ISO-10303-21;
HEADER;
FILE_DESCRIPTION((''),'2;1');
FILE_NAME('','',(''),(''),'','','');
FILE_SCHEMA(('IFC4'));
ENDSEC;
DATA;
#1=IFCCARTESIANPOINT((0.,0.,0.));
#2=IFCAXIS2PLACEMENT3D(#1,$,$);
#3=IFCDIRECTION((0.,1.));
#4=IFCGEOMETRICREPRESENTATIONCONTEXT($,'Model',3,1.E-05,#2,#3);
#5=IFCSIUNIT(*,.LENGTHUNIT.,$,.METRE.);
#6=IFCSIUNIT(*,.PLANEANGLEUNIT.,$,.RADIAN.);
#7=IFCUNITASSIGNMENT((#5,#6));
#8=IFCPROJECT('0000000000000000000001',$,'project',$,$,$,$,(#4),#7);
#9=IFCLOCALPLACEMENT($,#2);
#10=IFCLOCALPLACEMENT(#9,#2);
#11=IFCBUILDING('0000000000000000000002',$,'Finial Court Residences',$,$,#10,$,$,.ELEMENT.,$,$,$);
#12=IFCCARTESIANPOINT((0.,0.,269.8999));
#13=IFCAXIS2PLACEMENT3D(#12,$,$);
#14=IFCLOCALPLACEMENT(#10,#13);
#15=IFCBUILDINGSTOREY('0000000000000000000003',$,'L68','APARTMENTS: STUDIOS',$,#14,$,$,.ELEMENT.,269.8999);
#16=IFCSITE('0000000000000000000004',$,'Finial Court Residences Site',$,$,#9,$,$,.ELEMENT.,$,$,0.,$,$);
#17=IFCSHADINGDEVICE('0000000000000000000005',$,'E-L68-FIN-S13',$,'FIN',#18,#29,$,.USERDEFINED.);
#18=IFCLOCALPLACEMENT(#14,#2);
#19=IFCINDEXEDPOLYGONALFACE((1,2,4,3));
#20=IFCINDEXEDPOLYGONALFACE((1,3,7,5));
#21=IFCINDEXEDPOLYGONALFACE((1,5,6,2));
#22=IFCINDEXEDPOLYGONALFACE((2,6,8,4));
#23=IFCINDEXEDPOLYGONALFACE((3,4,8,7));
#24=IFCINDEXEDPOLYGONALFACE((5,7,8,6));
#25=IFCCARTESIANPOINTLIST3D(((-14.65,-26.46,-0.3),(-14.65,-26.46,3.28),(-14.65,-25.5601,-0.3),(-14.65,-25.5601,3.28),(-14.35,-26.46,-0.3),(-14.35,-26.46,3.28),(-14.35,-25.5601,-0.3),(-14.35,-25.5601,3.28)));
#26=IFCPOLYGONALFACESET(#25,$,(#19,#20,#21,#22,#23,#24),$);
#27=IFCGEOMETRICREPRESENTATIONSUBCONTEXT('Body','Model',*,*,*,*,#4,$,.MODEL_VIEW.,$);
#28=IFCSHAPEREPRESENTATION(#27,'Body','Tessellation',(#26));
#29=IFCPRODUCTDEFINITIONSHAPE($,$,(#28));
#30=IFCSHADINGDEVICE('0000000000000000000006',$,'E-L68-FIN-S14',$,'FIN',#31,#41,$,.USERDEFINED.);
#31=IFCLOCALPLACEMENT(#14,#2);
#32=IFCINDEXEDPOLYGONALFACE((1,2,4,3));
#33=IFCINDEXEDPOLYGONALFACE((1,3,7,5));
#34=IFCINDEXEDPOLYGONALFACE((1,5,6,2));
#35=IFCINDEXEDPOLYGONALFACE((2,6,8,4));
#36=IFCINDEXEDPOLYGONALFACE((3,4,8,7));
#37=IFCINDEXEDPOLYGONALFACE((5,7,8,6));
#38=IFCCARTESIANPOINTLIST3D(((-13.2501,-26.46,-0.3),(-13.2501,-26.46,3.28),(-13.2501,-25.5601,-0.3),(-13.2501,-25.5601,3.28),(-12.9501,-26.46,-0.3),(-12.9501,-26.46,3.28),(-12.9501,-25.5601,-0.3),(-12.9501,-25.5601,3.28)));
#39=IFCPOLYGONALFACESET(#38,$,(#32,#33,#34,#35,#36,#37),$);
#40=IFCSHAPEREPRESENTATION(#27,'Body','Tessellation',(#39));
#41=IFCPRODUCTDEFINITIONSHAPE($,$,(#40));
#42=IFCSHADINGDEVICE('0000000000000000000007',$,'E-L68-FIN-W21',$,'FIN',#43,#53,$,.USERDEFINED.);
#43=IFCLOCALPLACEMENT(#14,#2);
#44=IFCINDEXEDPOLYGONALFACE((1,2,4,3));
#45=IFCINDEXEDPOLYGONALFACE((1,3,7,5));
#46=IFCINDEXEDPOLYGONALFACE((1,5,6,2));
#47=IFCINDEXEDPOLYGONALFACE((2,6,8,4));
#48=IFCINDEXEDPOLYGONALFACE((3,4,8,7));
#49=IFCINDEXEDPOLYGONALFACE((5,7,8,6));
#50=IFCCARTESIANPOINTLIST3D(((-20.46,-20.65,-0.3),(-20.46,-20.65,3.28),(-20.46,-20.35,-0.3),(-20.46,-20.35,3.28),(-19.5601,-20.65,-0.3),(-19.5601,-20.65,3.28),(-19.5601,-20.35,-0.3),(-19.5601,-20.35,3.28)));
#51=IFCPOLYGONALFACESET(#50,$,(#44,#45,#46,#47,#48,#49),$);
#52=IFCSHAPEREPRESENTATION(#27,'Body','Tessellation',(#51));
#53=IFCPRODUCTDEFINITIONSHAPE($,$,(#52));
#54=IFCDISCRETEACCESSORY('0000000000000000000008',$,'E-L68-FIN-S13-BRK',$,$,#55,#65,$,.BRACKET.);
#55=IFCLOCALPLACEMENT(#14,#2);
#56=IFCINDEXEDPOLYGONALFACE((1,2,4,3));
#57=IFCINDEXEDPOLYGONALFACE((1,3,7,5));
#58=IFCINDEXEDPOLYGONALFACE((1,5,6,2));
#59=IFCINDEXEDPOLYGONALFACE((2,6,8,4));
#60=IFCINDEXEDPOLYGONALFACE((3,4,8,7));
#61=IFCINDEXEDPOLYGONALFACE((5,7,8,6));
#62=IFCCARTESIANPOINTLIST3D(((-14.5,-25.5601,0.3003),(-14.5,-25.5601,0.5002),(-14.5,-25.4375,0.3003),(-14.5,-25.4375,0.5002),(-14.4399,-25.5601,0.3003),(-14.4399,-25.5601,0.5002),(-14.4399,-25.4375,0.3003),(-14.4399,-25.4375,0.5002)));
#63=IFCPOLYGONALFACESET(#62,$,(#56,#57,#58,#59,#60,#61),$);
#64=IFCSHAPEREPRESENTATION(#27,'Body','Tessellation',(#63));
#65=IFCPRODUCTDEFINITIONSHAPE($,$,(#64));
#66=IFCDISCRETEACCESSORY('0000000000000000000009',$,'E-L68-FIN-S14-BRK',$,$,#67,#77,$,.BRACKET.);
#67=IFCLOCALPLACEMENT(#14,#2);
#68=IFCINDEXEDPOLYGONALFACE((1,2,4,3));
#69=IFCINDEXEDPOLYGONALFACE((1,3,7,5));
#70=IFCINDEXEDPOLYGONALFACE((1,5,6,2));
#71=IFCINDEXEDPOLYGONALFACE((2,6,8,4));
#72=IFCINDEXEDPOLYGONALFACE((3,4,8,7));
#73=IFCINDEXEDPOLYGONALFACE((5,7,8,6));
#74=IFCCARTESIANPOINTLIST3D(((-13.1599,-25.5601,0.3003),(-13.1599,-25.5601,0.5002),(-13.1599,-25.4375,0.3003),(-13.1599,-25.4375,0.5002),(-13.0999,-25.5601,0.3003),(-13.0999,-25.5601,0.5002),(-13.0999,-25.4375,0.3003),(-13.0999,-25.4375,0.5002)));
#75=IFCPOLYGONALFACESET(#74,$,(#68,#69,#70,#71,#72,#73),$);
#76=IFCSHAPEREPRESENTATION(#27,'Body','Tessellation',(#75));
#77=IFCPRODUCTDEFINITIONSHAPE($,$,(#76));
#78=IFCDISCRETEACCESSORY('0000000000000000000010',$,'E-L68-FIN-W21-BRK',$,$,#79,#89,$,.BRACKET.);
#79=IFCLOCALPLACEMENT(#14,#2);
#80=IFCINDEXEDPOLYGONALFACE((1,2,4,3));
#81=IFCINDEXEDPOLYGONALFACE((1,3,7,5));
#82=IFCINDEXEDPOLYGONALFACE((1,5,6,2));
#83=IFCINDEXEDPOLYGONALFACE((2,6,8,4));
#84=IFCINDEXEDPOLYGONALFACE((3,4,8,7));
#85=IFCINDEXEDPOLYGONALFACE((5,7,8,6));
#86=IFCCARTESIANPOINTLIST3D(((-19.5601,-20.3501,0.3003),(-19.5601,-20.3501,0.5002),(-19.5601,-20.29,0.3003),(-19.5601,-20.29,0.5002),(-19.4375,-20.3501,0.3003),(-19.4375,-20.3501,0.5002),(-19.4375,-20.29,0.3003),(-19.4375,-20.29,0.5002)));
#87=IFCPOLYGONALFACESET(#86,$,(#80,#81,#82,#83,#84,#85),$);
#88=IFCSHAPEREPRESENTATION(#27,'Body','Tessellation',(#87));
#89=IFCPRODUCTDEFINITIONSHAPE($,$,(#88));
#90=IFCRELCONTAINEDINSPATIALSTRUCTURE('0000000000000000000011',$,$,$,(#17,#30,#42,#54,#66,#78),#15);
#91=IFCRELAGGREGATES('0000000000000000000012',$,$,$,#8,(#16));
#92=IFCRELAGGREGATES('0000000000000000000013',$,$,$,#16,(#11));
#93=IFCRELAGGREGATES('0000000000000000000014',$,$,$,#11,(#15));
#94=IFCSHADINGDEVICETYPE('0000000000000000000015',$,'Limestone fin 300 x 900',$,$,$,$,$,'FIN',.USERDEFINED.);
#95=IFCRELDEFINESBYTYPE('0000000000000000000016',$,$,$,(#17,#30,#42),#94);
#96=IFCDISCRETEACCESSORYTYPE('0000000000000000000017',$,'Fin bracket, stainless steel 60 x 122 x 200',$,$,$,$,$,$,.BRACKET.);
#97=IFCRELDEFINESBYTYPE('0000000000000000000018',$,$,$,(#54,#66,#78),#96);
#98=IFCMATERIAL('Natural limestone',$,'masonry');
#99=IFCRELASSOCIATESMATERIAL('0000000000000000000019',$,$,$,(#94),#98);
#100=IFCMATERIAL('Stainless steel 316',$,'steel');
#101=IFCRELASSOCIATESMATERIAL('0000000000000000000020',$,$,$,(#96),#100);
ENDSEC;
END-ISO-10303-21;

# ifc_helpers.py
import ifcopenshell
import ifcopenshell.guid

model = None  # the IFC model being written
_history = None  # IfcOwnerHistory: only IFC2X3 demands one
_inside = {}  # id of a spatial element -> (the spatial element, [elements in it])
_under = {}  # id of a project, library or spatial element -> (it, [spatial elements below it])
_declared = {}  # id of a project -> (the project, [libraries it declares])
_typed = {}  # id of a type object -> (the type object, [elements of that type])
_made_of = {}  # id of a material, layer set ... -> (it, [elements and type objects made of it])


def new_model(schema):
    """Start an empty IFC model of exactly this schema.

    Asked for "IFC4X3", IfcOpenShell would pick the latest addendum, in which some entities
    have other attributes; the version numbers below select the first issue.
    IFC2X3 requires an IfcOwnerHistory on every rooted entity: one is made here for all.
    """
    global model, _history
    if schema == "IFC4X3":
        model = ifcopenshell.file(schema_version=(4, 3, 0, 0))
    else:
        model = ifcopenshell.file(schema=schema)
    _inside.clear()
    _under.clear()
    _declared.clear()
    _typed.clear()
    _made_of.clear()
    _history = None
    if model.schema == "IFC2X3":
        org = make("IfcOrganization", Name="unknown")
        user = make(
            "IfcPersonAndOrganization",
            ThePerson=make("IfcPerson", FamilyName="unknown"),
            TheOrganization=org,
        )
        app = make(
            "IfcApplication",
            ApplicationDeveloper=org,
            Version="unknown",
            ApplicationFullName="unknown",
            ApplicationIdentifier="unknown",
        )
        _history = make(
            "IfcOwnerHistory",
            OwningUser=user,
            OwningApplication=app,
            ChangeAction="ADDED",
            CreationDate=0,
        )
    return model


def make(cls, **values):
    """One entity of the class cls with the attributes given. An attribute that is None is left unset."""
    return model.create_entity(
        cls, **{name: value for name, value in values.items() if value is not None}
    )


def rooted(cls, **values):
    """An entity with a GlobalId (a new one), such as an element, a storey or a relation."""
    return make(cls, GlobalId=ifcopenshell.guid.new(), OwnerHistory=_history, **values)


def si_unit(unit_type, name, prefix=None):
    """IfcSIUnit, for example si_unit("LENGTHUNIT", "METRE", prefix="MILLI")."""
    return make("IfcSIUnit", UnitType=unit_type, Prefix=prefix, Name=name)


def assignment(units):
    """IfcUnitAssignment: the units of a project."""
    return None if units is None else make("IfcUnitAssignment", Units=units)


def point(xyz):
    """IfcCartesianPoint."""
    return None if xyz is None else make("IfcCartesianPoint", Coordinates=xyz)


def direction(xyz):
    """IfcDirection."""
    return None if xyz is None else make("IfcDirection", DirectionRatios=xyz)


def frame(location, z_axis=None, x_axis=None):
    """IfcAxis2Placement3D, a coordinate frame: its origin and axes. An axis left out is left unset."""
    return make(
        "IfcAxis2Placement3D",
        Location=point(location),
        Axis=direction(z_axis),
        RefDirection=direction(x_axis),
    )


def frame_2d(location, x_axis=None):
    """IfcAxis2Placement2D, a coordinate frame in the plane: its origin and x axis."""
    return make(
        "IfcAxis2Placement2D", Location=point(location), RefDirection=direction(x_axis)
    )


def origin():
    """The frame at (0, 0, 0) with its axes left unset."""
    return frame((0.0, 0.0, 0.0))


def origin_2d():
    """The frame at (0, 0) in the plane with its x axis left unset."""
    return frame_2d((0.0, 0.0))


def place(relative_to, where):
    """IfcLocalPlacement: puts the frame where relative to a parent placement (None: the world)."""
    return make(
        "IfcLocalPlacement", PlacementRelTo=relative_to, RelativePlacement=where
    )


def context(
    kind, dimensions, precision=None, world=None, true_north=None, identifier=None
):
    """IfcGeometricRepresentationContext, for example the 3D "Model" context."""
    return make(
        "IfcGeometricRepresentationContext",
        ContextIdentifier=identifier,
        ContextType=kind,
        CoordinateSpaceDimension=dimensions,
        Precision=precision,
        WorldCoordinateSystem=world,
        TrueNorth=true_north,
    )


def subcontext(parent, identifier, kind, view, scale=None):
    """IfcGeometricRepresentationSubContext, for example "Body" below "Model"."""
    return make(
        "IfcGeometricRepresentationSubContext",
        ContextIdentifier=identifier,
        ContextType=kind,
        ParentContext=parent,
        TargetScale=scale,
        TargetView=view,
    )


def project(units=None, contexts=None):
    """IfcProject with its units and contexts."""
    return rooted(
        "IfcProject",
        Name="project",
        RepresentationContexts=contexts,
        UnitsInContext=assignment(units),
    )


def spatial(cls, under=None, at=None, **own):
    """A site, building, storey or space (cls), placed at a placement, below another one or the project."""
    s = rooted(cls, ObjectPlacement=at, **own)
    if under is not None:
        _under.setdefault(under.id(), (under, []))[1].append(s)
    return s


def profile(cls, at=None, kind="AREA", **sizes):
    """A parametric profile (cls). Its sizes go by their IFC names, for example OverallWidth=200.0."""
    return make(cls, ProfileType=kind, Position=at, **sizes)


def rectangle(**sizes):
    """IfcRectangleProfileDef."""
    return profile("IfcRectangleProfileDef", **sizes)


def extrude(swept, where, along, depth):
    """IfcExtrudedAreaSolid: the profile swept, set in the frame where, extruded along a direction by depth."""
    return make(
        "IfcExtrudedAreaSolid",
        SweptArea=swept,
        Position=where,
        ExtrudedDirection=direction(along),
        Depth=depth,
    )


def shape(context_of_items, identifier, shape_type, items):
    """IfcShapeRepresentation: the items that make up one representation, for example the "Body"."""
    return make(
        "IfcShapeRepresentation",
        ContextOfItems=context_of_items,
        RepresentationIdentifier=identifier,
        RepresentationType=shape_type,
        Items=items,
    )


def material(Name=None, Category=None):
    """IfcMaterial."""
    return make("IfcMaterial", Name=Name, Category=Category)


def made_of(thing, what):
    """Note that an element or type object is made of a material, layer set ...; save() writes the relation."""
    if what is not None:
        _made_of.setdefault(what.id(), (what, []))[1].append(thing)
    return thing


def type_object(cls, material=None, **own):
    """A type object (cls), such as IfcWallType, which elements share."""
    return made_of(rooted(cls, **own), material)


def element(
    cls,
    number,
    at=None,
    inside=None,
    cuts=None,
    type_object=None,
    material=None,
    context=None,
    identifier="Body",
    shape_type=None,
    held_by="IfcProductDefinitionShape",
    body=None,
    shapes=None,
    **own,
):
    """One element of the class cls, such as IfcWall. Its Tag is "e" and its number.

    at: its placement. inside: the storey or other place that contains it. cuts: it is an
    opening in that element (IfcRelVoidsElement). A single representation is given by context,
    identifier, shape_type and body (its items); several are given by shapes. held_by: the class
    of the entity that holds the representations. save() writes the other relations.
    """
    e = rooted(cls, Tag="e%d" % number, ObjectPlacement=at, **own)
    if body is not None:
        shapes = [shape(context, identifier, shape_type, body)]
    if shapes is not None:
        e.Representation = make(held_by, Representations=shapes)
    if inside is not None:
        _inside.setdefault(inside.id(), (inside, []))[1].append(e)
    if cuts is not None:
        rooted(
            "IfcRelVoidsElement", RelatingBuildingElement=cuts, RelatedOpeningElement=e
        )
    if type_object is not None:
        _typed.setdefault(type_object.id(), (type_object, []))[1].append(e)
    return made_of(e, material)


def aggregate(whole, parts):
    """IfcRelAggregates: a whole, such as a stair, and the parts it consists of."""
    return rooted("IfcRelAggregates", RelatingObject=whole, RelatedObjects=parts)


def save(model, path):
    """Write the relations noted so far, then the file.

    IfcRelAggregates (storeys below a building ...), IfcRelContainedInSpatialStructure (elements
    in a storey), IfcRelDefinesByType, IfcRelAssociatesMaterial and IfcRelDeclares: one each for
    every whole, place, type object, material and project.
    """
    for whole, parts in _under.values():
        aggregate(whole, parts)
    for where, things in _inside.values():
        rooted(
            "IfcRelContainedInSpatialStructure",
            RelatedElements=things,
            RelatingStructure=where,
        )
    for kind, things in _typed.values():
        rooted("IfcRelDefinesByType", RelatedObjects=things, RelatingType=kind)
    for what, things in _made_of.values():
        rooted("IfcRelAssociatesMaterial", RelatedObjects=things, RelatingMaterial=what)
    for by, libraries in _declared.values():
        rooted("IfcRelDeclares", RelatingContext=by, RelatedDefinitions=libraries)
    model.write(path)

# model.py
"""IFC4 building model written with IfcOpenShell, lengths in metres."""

from ifc_helpers import new_model, si_unit, direction, frame, origin, origin_2d, place, context, subcontext, project, spatial, rectangle, extrude, material, type_object, element, save


model = new_model("IFC4")

# Units and contexts
model_context = context("Model", 3, precision=1e-05, world=origin(), true_north=direction((0.0, 1.0)))
body_context = subcontext(model_context, "Body", "Model", "MODEL_VIEW")
ifc_project = project(units=[si_unit("LENGTHUNIT", "METRE"), si_unit("PLANEANGLEUNIT", "RADIAN")], contexts=[model_context])

# Site, building, storey
site_placement = place(None, origin())
site = spatial("IfcSite", under=ifc_project, at=site_placement, Name="Finial Court Residences Site", CompositionType="ELEMENT", RefElevation=0.0)
building_placement = place(site_placement, origin())
building = spatial("IfcBuilding", under=site, at=building_placement, Name="Finial Court Residences", CompositionType="ELEMENT")
storey_placement = place(building_placement, frame((0.0, 0.0, 269.8999)))
storey = spatial("IfcBuildingStorey", under=building, at=storey_placement, Name="L68", Description="APARTMENTS: STUDIOS", CompositionType="ELEMENT", Elevation=269.8999)

# Shared definitions
ifc_material_1 = material(Name="Natural limestone", Category="masonry")

# Shading devices
shading_device_type = type_object("IfcShadingDeviceType", Name="Limestone fin 300 x 900", ElementType="FIN", PredefinedType="USERDEFINED", material=ifc_material_1)
for number, where, z_axis, x_axis, name in (
    (1, (-14.5, -26.01, -0.3), (0.0, 0.0, 1.0), (1.0, 0.0, 0.0), "E-L68-FIN-S13"),
    (2, (-13.1001, -26.01, -0.3), (0.0, 0.0, 1.0), (1.0, 0.0, 0.0), "E-L68-FIN-S14"),
):
    element("IfcShadingDevice", number, at=place(storey_placement, frame(where, z_axis=z_axis, x_axis=x_axis)), inside=storey, type_object=shading_device_type, Name=name, ObjectType="FIN", PredefinedType="USERDEFINED", context=body_context, shape_type="SweptSolid", body=[
        extrude(rectangle(XDim=0.3, YDim=0.8999, at=origin_2d()), origin(), (0.0, 0.0, 1.0), 3.5801),
    ])
shading_device_placement = place(storey_placement, frame((-20.01, -20.5, -0.3), z_axis=(0.0, 0.0, 1.0), x_axis=(1.0, 0.0, 0.0)))
element("IfcShadingDevice", 3, at=shading_device_placement, inside=storey, type_object=shading_device_type, Name="E-L68-FIN-W21", ObjectType="FIN", PredefinedType="USERDEFINED", context=body_context, shape_type="SweptSolid", body=[
    extrude(rectangle(XDim=0.8999, YDim=0.3, at=origin_2d()), origin(), (0.0, 0.0, 1.0), 3.5801),
])

# Discrete accessories
ifc_material_2 = material(Name="Stainless steel 316", Category="steel")
discrete_accessory_type = type_object("IfcDiscreteAccessoryType", Name="Fin bracket, stainless steel 60 x 122 x 200", PredefinedType="BRACKET", material=ifc_material_2)
for number, where, z_axis, x_axis, name in (
    (4, (-14.47, -25.4988, 0.3003), (0.0, 0.0, 1.0), (1.0, 0.0, 0.0), "E-L68-FIN-S13-BRK"),
    (5, (-13.1299, -25.4988, 0.3003), (0.0, 0.0, 1.0), (1.0, 0.0, 0.0), "E-L68-FIN-S14-BRK"),
):
    element("IfcDiscreteAccessory", number, at=place(storey_placement, frame(where, z_axis=z_axis, x_axis=x_axis)), inside=storey, type_object=discrete_accessory_type, Name=name, PredefinedType="BRACKET", context=body_context, shape_type="SweptSolid", body=[
        extrude(rectangle(XDim=0.0601, YDim=0.1226, at=origin_2d()), origin(), (0.0, 0.0, 1.0), 0.2),
    ])
discrete_accessory_placement = place(storey_placement, frame((-19.4988, -20.3201, 0.3003), z_axis=(0.0, 0.0, 1.0), x_axis=(1.0, 0.0, 0.0)))
element("IfcDiscreteAccessory", 6, at=discrete_accessory_placement, inside=storey, type_object=discrete_accessory_type, Name="E-L68-FIN-W21-BRK", PredefinedType="BRACKET", context=body_context, shape_type="SweptSolid", body=[
    extrude(rectangle(XDim=0.1226, YDim=0.0601, at=origin_2d()), origin(), (0.0, 0.0, 1.0), 0.2),
])

save(model, "model.ifc")
